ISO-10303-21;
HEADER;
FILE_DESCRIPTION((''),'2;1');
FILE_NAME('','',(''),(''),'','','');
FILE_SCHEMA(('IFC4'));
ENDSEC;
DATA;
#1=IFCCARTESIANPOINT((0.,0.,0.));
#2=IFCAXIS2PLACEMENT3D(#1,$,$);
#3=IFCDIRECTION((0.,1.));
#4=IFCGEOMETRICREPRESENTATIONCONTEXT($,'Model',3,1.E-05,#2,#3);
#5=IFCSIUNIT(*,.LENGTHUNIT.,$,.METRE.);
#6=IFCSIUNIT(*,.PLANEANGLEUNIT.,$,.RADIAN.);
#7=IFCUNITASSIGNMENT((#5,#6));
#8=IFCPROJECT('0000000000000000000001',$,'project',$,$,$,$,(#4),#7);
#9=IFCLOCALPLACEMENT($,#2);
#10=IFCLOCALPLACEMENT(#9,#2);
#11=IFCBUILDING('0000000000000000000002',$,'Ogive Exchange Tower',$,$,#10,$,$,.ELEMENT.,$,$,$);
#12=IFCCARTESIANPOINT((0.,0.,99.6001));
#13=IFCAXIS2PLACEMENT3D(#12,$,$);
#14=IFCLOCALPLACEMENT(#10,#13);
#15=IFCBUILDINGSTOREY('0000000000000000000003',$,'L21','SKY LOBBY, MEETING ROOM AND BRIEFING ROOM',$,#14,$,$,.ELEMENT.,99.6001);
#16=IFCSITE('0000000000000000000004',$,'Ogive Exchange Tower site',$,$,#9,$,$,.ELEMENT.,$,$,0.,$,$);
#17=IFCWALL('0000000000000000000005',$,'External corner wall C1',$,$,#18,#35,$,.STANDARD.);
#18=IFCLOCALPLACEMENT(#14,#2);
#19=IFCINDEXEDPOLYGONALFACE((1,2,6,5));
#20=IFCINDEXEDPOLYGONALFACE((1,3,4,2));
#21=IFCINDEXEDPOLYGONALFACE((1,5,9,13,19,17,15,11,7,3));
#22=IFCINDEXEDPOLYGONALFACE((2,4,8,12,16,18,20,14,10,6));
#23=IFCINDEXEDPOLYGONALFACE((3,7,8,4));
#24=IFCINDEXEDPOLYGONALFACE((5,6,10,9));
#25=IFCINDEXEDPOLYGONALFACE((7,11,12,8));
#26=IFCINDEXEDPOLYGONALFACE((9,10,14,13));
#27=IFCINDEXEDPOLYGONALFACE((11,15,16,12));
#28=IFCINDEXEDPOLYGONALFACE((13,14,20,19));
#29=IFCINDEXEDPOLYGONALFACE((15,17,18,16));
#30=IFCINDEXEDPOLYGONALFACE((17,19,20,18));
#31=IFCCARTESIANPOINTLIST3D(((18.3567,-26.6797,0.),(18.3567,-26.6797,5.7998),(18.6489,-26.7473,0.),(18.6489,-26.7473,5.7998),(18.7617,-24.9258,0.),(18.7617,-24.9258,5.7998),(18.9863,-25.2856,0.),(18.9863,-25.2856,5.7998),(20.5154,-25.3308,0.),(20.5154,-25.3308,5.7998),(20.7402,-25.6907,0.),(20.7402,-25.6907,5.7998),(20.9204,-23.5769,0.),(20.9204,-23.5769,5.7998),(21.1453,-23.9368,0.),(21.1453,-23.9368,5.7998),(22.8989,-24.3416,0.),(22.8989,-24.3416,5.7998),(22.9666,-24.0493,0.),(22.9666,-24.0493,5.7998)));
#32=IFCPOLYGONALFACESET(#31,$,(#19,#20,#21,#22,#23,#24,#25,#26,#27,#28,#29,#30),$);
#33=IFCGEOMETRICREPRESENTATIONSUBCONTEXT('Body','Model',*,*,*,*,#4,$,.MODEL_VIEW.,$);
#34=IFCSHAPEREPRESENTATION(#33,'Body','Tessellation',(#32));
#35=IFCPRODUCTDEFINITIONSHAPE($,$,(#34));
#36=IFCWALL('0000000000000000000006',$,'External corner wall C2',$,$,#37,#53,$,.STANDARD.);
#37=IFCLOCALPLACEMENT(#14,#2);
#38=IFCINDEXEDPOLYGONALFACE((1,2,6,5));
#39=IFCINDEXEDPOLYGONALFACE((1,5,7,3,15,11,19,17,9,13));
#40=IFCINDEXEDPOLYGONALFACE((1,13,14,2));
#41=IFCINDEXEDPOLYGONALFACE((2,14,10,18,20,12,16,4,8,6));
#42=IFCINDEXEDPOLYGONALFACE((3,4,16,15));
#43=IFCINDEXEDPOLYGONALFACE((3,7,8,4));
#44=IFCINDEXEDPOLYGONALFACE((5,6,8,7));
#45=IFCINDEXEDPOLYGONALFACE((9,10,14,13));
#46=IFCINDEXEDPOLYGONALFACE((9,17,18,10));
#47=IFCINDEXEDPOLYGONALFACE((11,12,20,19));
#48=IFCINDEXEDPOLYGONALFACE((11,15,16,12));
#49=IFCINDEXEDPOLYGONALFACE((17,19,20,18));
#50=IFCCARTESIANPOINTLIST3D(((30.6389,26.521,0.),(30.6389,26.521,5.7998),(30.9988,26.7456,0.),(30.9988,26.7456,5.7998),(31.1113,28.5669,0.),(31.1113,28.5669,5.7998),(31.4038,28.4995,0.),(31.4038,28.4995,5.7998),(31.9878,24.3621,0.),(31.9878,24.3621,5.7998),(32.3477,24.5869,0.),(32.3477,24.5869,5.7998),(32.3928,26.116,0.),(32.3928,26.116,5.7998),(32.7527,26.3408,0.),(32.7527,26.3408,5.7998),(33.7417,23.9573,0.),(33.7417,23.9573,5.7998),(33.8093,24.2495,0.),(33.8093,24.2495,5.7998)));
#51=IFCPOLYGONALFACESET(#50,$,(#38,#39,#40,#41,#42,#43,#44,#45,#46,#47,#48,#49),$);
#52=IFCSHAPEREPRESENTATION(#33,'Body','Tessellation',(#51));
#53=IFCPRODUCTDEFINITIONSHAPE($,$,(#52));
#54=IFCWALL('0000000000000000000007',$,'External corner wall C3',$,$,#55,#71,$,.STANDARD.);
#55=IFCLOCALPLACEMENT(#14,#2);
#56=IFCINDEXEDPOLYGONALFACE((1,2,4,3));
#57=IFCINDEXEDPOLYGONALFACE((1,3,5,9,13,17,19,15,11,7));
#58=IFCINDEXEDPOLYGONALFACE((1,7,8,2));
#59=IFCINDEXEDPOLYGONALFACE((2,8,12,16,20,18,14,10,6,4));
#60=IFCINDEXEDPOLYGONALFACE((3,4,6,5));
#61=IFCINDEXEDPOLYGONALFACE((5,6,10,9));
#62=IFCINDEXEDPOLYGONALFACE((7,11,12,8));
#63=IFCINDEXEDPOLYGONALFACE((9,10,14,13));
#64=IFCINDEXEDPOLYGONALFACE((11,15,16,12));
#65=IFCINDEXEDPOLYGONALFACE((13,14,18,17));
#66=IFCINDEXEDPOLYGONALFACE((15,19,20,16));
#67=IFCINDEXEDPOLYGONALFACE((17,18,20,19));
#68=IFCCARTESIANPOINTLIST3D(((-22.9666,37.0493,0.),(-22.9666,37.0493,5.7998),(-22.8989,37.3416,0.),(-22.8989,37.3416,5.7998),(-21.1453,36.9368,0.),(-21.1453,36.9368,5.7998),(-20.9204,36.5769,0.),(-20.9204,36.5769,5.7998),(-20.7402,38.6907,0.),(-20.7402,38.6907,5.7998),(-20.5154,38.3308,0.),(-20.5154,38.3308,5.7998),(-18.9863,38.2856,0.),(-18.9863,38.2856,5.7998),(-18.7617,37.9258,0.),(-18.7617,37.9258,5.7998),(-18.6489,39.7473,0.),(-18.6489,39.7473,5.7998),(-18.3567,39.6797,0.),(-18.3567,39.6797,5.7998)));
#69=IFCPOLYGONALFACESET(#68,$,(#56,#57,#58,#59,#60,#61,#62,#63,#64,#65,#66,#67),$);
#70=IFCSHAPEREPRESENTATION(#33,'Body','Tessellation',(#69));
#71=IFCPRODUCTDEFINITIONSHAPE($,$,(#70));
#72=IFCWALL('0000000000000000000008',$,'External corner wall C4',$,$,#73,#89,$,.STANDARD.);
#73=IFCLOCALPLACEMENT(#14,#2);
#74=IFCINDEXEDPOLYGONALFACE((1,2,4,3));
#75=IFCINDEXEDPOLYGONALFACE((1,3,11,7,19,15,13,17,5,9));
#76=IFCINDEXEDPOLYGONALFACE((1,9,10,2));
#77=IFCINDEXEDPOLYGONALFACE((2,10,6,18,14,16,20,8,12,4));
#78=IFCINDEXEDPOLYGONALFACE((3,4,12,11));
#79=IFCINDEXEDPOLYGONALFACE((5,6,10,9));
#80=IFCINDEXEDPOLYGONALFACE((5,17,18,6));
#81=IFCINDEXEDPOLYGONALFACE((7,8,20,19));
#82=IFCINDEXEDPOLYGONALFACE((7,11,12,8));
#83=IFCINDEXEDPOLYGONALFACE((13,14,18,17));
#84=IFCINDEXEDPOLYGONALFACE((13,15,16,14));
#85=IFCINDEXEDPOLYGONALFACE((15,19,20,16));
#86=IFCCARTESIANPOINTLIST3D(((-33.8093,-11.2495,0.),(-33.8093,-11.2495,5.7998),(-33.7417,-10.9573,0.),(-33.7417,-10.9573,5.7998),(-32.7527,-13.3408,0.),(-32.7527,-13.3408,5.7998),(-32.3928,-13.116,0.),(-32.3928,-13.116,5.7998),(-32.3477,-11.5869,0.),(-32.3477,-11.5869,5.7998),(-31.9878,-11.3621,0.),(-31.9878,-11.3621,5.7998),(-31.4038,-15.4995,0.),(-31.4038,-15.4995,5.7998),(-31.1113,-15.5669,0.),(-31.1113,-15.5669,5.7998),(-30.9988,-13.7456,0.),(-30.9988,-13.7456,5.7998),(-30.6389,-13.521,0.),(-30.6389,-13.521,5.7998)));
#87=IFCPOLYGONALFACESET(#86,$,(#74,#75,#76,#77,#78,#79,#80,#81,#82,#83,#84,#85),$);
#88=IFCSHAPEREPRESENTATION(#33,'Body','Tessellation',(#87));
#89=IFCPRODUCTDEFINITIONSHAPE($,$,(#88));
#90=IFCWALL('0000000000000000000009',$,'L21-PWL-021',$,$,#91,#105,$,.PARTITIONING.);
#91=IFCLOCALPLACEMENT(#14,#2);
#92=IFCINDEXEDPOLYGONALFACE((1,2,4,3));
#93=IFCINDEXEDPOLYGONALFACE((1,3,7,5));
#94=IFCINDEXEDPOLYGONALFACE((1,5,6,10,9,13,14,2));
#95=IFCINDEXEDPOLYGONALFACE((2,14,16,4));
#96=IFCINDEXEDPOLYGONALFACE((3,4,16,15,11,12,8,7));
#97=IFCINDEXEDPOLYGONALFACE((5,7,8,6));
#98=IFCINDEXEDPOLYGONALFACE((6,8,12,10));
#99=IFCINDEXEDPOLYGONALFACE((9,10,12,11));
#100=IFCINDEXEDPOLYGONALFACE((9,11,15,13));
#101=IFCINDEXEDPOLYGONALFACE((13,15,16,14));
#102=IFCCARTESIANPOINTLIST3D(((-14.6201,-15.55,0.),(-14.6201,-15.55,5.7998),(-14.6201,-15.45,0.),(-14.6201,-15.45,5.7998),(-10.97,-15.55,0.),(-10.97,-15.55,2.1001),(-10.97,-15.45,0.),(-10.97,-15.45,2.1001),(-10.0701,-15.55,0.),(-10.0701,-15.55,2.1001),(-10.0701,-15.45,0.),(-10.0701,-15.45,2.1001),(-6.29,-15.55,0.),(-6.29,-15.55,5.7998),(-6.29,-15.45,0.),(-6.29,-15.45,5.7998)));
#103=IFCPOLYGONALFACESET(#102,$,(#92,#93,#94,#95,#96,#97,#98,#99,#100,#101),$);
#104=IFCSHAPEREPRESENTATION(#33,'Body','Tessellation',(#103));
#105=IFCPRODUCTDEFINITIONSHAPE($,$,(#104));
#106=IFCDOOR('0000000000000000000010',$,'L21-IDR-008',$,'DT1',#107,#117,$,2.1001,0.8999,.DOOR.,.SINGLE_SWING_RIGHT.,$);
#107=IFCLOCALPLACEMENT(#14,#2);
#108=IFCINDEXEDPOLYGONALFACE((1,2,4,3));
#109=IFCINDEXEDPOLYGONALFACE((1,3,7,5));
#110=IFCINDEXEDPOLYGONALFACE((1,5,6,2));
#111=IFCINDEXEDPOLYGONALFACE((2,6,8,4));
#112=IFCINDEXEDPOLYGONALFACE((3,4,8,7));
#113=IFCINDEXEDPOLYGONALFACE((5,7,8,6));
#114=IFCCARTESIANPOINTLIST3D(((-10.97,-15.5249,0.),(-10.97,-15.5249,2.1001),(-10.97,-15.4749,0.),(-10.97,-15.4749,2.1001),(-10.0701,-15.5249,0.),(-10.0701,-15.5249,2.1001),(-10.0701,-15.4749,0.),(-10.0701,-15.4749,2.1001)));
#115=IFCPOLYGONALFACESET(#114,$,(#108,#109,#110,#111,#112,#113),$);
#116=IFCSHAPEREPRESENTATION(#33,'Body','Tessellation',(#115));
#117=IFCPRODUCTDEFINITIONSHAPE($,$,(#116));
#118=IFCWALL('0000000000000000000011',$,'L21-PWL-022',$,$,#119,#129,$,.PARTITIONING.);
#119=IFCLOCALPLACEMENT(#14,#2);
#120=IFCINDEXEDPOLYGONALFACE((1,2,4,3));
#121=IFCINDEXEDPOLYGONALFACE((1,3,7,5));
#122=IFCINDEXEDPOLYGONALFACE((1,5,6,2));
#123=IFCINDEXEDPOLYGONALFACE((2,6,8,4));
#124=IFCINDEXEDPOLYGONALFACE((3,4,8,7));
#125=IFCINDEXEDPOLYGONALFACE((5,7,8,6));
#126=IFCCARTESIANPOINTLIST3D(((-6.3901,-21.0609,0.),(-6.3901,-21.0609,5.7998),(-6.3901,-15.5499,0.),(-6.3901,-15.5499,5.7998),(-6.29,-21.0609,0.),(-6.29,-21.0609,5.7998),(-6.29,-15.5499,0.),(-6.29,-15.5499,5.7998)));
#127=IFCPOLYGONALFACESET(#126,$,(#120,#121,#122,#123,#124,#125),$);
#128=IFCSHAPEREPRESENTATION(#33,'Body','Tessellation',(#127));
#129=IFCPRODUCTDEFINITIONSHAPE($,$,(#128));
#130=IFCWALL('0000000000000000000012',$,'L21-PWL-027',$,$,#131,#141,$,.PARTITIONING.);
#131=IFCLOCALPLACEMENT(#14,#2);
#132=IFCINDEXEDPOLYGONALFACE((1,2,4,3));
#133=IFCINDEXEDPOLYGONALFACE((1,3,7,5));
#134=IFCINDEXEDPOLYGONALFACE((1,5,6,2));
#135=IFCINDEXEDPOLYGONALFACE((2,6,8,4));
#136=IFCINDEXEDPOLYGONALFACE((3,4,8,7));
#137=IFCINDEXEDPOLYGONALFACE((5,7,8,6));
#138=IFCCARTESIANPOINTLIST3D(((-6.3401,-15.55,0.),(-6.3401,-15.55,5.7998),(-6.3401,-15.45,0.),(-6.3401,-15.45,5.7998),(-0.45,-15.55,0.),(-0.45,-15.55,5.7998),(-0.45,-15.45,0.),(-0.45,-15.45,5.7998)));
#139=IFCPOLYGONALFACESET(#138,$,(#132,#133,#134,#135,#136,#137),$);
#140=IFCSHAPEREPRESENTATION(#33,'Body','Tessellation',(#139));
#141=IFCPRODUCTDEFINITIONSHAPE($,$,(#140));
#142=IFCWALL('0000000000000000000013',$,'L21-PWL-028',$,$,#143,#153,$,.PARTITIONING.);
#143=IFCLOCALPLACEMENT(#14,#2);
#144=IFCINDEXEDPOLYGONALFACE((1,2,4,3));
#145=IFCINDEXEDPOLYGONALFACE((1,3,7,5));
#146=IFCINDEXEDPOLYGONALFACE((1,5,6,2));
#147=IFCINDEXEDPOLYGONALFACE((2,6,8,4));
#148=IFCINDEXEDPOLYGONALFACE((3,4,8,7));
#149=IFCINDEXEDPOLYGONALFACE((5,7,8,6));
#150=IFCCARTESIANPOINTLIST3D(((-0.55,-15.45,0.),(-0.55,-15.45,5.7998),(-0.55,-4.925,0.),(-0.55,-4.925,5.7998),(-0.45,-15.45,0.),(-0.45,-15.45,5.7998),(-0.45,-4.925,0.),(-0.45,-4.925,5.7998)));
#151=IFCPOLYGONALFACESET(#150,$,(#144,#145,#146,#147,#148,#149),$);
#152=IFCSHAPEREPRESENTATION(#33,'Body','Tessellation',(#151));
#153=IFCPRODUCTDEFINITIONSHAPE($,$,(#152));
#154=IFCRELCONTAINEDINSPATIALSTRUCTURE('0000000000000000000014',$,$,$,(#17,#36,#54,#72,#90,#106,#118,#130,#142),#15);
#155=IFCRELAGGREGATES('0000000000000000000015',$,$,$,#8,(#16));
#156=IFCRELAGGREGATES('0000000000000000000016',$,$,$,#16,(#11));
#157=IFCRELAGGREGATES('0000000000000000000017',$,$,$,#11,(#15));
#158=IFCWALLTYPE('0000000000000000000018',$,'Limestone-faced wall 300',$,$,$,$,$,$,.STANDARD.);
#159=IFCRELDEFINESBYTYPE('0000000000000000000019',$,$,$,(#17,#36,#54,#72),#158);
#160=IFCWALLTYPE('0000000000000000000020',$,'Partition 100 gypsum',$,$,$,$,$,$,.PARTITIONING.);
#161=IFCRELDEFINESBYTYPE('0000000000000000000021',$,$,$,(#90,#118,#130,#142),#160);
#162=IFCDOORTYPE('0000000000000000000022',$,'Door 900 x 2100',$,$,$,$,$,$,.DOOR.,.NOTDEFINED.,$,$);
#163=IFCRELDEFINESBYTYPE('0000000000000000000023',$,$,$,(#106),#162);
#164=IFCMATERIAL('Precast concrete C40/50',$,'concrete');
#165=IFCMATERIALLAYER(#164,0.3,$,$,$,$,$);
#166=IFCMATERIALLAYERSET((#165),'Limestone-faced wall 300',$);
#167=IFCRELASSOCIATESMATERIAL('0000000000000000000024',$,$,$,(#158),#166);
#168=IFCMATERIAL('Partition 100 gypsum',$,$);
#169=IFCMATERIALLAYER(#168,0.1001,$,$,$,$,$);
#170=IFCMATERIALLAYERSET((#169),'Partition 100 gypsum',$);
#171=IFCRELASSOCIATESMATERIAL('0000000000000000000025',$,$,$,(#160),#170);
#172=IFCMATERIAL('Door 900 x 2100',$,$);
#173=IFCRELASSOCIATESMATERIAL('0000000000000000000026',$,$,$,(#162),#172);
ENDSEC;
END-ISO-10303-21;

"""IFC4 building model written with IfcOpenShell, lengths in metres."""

from ifc_helpers import new_model, si_unit, direction, frame, frame_2d, origin, place, context, subcontext, project, spatial, polyline, rectangle, outline, extrude, material, layer, layer_set, type_object, element, fill, save


model = new_model("IFC4")

# Units and contexts
model_context = context("Model", 3, precision=1e-05, world=origin(), true_north=direction((0.0, 1.0)))
body_context = subcontext(model_context, "Body", "Model", "MODEL_VIEW")
ifc_project = project(units=[si_unit("LENGTHUNIT", "METRE"), si_unit("PLANEANGLEUNIT", "RADIAN")], contexts=[model_context])

# Site, building, storey
site_placement = place(None, origin())
site = spatial("IfcSite", under=ifc_project, at=site_placement, Name="Ogive Exchange Tower site", CompositionType="ELEMENT", RefElevation=0.0)
building_placement = place(site_placement, origin())
building = spatial("IfcBuilding", under=site, at=building_placement, Name="Ogive Exchange Tower", CompositionType="ELEMENT")
storey_placement = place(building_placement, frame((0.0, 0.0, 99.6001)))
storey = spatial("IfcBuildingStorey", under=building, at=storey_placement, Name="L21", Description="SKY LOBBY, MEETING ROOM AND BRIEFING ROOM", CompositionType="ELEMENT", Elevation=99.6001)

# Walls
ifc_material_1 = material(Name="Precast concrete C40/50", Category="concrete")
ifc_layer_1 = layer(ifc_material_1, 0.3)
ifc_layer_set_1 = layer_set([ifc_layer_1], Name="Limestone-faced wall 300")
wall_type_1 = type_object("IfcWallType", Name="Limestone-faced wall 300", PredefinedType="STANDARD", material=ifc_layer_set_1)
wall_1_placement = place(storey_placement, origin())
element("IfcWall", 1, at=wall_1_placement, inside=storey, type_object=wall_type_1, Name="External corner wall C1", PredefinedType="STANDARD", context=body_context, shape_type="SweptSolid", body=[
    extrude(outline(polyline([(20.5154, -25.3308), (20.9204, -23.5769), (22.9666, -24.0493), (22.8989, -24.3416), (21.1453, -23.9368), (20.7402, -25.6907), (18.9863, -25.2856), (18.6489, -26.7473), (18.3567, -26.6797), (18.7617, -24.9258), (20.5154, -25.3308)])), origin(), (0.0, 0.0, 1.0), 5.7998),
])
wall_2_placement = place(storey_placement, origin())
element("IfcWall", 2, at=wall_2_placement, inside=storey, type_object=wall_type_1, Name="External corner wall C2", PredefinedType="STANDARD", context=body_context, shape_type="SweptSolid", body=[
    extrude(outline(polyline([(32.3928, 26.116), (30.6389, 26.521), (31.1113, 28.5669), (31.4038, 28.4995), (30.9988, 26.7456), (32.7527, 26.3408), (32.3477, 24.5869), (33.8093, 24.2495), (33.7417, 23.9573), (31.9878, 24.3621), (32.3928, 26.116)])), origin(), (0.0, 0.0, 1.0), 5.7998),
])
wall_3_placement = place(storey_placement, origin())
element("IfcWall", 3, at=wall_3_placement, inside=storey, type_object=wall_type_1, Name="External corner wall C3", PredefinedType="STANDARD", context=body_context, shape_type="SweptSolid", body=[
    extrude(outline(polyline([(-22.9666, 37.0493), (-22.8989, 37.3416), (-21.1453, 36.9368), (-20.7402, 38.6907), (-18.9863, 38.2856), (-18.6489, 39.7473), (-18.3567, 39.6797), (-18.7617, 37.9258), (-20.5154, 38.3308), (-20.9204, 36.5769), (-22.9666, 37.0493)])), origin(), (0.0, 0.0, 1.0), 5.7998),
])
wall_4_placement = place(storey_placement, origin())
element("IfcWall", 4, at=wall_4_placement, inside=storey, type_object=wall_type_1, Name="External corner wall C4", PredefinedType="STANDARD", context=body_context, shape_type="SweptSolid", body=[
    extrude(outline(polyline([(-32.3928, -13.116), (-30.6389, -13.521), (-31.1113, -15.5669), (-31.4038, -15.4995), (-30.9988, -13.7456), (-32.7527, -13.3408), (-32.3477, -11.5869), (-33.8093, -11.2495), (-33.7417, -10.9573), (-31.9878, -11.3621), (-32.3928, -13.116)])), origin(), (0.0, 0.0, 1.0), 5.7998),
])

# Wall, opening, door
ifc_material_2 = material(Name="Partition 100 gypsum")
ifc_layer_2 = layer(ifc_material_2, 0.1001)
ifc_layer_set_2 = layer_set([ifc_layer_2], Name="Partition 100 gypsum")
wall_type_2 = type_object("IfcWallType", Name="Partition 100 gypsum", PredefinedType="PARTITIONING", material=ifc_layer_set_2)
wall_5_placement = place(storey_placement, frame((-6.29, -15.5, 0.0), z_axis=(0.0, 0.0, 1.0), x_axis=(-1.0, 0.0, 0.0)))
wall_5 = element("IfcWall", 5, at=wall_5_placement, inside=storey, type_object=wall_type_2, Name="L21-PWL-021", PredefinedType="PARTITIONING", context=body_context, shape_type="SweptSolid", body=[
    extrude(rectangle(XDim=8.3301, YDim=0.1001, at=frame_2d((4.165, 0.0))), origin(), (0.0, 0.0, 1.0), 5.7998),
])
opening_1_placement = place(wall_5_placement, frame((3.78, 0.0, 0.0)))
opening_1 = element("IfcOpeningElement", 6, at=opening_1_placement, cuts=wall_5, PredefinedType="OPENING", context=body_context, shape_type="SweptSolid", body=[
    extrude(rectangle(XDim=0.8999, YDim=2.1001, at=frame_2d((0.45, 1.05))), frame((0.0, 0.0601, 0.0), z_axis=(0.0, -1.0, 0.0), x_axis=(1.0, 0.0, 0.0)), (0.0, 0.0, 1.0), 0.1201),
])
ifc_material_3 = material(Name="Door 900 x 2100")
door_type_1 = type_object("IfcDoorType", Name="Door 900 x 2100", OperationType="NOTDEFINED", PredefinedType="DOOR", material=ifc_material_3)
door_1_placement = place(opening_1_placement, origin())
door_1 = element("IfcDoor", 7, at=door_1_placement, inside=storey, type_object=door_type_1, Name="L21-IDR-008", ObjectType="DT1", OperationType="SINGLE_SWING_RIGHT", OverallHeight=2.1001, OverallWidth=0.8999, PredefinedType="DOOR", context=body_context, shape_type="SweptSolid", body=[
    extrude(rectangle(XDim=0.8999, YDim=2.1001, at=frame_2d((0.45, 1.05))), frame((0.0, 0.0249, 0.0), z_axis=(0.0, -1.0, 0.0), x_axis=(1.0, 0.0, 0.0)), (0.0, 0.0, 1.0), 0.05),
])
fill(opening_1, door_1)

# Walls
wall_6_placement = place(storey_placement, frame((-6.3401, -15.55, 0.0), z_axis=(0.0, 0.0, 1.0), x_axis=(0.0, -1.0, 0.0)))
element("IfcWall", 8, at=wall_6_placement, inside=storey, type_object=wall_type_2, Name="L21-PWL-022", PredefinedType="PARTITIONING", context=body_context, shape_type="SweptSolid", body=[
    extrude(rectangle(XDim=5.511, YDim=0.1001, at=frame_2d((2.7554, 0.0))), origin(), (0.0, 0.0, 1.0), 5.7998),
])
wall_7_placement = place(storey_placement, frame((-0.45, -15.5, 0.0), z_axis=(0.0, 0.0, 1.0), x_axis=(-1.0, 0.0, 0.0)))
element("IfcWall", 9, at=wall_7_placement, inside=storey, type_object=wall_type_2, Name="L21-PWL-027", PredefinedType="PARTITIONING", context=body_context, shape_type="SweptSolid", body=[
    extrude(rectangle(XDim=5.8901, YDim=0.1001, at=frame_2d((2.9451, 0.0))), origin(), (0.0, 0.0, 1.0), 5.7998),
])
wall_8_placement = place(storey_placement, frame((-0.5, -15.45, 0.0), z_axis=(0.0, 0.0, 1.0), x_axis=(0.0, 1.0, 0.0)))
element("IfcWall", 10, at=wall_8_placement, inside=storey, type_object=wall_type_2, Name="L21-PWL-028", PredefinedType="PARTITIONING", context=body_context, shape_type="SweptSolid", body=[
    extrude(rectangle(XDim=10.5249, YDim=0.1001, at=frame_2d((5.2625, 0.0))), origin(), (0.0, 0.0, 1.0), 5.7998),
])

save(model, "model.ifc")
